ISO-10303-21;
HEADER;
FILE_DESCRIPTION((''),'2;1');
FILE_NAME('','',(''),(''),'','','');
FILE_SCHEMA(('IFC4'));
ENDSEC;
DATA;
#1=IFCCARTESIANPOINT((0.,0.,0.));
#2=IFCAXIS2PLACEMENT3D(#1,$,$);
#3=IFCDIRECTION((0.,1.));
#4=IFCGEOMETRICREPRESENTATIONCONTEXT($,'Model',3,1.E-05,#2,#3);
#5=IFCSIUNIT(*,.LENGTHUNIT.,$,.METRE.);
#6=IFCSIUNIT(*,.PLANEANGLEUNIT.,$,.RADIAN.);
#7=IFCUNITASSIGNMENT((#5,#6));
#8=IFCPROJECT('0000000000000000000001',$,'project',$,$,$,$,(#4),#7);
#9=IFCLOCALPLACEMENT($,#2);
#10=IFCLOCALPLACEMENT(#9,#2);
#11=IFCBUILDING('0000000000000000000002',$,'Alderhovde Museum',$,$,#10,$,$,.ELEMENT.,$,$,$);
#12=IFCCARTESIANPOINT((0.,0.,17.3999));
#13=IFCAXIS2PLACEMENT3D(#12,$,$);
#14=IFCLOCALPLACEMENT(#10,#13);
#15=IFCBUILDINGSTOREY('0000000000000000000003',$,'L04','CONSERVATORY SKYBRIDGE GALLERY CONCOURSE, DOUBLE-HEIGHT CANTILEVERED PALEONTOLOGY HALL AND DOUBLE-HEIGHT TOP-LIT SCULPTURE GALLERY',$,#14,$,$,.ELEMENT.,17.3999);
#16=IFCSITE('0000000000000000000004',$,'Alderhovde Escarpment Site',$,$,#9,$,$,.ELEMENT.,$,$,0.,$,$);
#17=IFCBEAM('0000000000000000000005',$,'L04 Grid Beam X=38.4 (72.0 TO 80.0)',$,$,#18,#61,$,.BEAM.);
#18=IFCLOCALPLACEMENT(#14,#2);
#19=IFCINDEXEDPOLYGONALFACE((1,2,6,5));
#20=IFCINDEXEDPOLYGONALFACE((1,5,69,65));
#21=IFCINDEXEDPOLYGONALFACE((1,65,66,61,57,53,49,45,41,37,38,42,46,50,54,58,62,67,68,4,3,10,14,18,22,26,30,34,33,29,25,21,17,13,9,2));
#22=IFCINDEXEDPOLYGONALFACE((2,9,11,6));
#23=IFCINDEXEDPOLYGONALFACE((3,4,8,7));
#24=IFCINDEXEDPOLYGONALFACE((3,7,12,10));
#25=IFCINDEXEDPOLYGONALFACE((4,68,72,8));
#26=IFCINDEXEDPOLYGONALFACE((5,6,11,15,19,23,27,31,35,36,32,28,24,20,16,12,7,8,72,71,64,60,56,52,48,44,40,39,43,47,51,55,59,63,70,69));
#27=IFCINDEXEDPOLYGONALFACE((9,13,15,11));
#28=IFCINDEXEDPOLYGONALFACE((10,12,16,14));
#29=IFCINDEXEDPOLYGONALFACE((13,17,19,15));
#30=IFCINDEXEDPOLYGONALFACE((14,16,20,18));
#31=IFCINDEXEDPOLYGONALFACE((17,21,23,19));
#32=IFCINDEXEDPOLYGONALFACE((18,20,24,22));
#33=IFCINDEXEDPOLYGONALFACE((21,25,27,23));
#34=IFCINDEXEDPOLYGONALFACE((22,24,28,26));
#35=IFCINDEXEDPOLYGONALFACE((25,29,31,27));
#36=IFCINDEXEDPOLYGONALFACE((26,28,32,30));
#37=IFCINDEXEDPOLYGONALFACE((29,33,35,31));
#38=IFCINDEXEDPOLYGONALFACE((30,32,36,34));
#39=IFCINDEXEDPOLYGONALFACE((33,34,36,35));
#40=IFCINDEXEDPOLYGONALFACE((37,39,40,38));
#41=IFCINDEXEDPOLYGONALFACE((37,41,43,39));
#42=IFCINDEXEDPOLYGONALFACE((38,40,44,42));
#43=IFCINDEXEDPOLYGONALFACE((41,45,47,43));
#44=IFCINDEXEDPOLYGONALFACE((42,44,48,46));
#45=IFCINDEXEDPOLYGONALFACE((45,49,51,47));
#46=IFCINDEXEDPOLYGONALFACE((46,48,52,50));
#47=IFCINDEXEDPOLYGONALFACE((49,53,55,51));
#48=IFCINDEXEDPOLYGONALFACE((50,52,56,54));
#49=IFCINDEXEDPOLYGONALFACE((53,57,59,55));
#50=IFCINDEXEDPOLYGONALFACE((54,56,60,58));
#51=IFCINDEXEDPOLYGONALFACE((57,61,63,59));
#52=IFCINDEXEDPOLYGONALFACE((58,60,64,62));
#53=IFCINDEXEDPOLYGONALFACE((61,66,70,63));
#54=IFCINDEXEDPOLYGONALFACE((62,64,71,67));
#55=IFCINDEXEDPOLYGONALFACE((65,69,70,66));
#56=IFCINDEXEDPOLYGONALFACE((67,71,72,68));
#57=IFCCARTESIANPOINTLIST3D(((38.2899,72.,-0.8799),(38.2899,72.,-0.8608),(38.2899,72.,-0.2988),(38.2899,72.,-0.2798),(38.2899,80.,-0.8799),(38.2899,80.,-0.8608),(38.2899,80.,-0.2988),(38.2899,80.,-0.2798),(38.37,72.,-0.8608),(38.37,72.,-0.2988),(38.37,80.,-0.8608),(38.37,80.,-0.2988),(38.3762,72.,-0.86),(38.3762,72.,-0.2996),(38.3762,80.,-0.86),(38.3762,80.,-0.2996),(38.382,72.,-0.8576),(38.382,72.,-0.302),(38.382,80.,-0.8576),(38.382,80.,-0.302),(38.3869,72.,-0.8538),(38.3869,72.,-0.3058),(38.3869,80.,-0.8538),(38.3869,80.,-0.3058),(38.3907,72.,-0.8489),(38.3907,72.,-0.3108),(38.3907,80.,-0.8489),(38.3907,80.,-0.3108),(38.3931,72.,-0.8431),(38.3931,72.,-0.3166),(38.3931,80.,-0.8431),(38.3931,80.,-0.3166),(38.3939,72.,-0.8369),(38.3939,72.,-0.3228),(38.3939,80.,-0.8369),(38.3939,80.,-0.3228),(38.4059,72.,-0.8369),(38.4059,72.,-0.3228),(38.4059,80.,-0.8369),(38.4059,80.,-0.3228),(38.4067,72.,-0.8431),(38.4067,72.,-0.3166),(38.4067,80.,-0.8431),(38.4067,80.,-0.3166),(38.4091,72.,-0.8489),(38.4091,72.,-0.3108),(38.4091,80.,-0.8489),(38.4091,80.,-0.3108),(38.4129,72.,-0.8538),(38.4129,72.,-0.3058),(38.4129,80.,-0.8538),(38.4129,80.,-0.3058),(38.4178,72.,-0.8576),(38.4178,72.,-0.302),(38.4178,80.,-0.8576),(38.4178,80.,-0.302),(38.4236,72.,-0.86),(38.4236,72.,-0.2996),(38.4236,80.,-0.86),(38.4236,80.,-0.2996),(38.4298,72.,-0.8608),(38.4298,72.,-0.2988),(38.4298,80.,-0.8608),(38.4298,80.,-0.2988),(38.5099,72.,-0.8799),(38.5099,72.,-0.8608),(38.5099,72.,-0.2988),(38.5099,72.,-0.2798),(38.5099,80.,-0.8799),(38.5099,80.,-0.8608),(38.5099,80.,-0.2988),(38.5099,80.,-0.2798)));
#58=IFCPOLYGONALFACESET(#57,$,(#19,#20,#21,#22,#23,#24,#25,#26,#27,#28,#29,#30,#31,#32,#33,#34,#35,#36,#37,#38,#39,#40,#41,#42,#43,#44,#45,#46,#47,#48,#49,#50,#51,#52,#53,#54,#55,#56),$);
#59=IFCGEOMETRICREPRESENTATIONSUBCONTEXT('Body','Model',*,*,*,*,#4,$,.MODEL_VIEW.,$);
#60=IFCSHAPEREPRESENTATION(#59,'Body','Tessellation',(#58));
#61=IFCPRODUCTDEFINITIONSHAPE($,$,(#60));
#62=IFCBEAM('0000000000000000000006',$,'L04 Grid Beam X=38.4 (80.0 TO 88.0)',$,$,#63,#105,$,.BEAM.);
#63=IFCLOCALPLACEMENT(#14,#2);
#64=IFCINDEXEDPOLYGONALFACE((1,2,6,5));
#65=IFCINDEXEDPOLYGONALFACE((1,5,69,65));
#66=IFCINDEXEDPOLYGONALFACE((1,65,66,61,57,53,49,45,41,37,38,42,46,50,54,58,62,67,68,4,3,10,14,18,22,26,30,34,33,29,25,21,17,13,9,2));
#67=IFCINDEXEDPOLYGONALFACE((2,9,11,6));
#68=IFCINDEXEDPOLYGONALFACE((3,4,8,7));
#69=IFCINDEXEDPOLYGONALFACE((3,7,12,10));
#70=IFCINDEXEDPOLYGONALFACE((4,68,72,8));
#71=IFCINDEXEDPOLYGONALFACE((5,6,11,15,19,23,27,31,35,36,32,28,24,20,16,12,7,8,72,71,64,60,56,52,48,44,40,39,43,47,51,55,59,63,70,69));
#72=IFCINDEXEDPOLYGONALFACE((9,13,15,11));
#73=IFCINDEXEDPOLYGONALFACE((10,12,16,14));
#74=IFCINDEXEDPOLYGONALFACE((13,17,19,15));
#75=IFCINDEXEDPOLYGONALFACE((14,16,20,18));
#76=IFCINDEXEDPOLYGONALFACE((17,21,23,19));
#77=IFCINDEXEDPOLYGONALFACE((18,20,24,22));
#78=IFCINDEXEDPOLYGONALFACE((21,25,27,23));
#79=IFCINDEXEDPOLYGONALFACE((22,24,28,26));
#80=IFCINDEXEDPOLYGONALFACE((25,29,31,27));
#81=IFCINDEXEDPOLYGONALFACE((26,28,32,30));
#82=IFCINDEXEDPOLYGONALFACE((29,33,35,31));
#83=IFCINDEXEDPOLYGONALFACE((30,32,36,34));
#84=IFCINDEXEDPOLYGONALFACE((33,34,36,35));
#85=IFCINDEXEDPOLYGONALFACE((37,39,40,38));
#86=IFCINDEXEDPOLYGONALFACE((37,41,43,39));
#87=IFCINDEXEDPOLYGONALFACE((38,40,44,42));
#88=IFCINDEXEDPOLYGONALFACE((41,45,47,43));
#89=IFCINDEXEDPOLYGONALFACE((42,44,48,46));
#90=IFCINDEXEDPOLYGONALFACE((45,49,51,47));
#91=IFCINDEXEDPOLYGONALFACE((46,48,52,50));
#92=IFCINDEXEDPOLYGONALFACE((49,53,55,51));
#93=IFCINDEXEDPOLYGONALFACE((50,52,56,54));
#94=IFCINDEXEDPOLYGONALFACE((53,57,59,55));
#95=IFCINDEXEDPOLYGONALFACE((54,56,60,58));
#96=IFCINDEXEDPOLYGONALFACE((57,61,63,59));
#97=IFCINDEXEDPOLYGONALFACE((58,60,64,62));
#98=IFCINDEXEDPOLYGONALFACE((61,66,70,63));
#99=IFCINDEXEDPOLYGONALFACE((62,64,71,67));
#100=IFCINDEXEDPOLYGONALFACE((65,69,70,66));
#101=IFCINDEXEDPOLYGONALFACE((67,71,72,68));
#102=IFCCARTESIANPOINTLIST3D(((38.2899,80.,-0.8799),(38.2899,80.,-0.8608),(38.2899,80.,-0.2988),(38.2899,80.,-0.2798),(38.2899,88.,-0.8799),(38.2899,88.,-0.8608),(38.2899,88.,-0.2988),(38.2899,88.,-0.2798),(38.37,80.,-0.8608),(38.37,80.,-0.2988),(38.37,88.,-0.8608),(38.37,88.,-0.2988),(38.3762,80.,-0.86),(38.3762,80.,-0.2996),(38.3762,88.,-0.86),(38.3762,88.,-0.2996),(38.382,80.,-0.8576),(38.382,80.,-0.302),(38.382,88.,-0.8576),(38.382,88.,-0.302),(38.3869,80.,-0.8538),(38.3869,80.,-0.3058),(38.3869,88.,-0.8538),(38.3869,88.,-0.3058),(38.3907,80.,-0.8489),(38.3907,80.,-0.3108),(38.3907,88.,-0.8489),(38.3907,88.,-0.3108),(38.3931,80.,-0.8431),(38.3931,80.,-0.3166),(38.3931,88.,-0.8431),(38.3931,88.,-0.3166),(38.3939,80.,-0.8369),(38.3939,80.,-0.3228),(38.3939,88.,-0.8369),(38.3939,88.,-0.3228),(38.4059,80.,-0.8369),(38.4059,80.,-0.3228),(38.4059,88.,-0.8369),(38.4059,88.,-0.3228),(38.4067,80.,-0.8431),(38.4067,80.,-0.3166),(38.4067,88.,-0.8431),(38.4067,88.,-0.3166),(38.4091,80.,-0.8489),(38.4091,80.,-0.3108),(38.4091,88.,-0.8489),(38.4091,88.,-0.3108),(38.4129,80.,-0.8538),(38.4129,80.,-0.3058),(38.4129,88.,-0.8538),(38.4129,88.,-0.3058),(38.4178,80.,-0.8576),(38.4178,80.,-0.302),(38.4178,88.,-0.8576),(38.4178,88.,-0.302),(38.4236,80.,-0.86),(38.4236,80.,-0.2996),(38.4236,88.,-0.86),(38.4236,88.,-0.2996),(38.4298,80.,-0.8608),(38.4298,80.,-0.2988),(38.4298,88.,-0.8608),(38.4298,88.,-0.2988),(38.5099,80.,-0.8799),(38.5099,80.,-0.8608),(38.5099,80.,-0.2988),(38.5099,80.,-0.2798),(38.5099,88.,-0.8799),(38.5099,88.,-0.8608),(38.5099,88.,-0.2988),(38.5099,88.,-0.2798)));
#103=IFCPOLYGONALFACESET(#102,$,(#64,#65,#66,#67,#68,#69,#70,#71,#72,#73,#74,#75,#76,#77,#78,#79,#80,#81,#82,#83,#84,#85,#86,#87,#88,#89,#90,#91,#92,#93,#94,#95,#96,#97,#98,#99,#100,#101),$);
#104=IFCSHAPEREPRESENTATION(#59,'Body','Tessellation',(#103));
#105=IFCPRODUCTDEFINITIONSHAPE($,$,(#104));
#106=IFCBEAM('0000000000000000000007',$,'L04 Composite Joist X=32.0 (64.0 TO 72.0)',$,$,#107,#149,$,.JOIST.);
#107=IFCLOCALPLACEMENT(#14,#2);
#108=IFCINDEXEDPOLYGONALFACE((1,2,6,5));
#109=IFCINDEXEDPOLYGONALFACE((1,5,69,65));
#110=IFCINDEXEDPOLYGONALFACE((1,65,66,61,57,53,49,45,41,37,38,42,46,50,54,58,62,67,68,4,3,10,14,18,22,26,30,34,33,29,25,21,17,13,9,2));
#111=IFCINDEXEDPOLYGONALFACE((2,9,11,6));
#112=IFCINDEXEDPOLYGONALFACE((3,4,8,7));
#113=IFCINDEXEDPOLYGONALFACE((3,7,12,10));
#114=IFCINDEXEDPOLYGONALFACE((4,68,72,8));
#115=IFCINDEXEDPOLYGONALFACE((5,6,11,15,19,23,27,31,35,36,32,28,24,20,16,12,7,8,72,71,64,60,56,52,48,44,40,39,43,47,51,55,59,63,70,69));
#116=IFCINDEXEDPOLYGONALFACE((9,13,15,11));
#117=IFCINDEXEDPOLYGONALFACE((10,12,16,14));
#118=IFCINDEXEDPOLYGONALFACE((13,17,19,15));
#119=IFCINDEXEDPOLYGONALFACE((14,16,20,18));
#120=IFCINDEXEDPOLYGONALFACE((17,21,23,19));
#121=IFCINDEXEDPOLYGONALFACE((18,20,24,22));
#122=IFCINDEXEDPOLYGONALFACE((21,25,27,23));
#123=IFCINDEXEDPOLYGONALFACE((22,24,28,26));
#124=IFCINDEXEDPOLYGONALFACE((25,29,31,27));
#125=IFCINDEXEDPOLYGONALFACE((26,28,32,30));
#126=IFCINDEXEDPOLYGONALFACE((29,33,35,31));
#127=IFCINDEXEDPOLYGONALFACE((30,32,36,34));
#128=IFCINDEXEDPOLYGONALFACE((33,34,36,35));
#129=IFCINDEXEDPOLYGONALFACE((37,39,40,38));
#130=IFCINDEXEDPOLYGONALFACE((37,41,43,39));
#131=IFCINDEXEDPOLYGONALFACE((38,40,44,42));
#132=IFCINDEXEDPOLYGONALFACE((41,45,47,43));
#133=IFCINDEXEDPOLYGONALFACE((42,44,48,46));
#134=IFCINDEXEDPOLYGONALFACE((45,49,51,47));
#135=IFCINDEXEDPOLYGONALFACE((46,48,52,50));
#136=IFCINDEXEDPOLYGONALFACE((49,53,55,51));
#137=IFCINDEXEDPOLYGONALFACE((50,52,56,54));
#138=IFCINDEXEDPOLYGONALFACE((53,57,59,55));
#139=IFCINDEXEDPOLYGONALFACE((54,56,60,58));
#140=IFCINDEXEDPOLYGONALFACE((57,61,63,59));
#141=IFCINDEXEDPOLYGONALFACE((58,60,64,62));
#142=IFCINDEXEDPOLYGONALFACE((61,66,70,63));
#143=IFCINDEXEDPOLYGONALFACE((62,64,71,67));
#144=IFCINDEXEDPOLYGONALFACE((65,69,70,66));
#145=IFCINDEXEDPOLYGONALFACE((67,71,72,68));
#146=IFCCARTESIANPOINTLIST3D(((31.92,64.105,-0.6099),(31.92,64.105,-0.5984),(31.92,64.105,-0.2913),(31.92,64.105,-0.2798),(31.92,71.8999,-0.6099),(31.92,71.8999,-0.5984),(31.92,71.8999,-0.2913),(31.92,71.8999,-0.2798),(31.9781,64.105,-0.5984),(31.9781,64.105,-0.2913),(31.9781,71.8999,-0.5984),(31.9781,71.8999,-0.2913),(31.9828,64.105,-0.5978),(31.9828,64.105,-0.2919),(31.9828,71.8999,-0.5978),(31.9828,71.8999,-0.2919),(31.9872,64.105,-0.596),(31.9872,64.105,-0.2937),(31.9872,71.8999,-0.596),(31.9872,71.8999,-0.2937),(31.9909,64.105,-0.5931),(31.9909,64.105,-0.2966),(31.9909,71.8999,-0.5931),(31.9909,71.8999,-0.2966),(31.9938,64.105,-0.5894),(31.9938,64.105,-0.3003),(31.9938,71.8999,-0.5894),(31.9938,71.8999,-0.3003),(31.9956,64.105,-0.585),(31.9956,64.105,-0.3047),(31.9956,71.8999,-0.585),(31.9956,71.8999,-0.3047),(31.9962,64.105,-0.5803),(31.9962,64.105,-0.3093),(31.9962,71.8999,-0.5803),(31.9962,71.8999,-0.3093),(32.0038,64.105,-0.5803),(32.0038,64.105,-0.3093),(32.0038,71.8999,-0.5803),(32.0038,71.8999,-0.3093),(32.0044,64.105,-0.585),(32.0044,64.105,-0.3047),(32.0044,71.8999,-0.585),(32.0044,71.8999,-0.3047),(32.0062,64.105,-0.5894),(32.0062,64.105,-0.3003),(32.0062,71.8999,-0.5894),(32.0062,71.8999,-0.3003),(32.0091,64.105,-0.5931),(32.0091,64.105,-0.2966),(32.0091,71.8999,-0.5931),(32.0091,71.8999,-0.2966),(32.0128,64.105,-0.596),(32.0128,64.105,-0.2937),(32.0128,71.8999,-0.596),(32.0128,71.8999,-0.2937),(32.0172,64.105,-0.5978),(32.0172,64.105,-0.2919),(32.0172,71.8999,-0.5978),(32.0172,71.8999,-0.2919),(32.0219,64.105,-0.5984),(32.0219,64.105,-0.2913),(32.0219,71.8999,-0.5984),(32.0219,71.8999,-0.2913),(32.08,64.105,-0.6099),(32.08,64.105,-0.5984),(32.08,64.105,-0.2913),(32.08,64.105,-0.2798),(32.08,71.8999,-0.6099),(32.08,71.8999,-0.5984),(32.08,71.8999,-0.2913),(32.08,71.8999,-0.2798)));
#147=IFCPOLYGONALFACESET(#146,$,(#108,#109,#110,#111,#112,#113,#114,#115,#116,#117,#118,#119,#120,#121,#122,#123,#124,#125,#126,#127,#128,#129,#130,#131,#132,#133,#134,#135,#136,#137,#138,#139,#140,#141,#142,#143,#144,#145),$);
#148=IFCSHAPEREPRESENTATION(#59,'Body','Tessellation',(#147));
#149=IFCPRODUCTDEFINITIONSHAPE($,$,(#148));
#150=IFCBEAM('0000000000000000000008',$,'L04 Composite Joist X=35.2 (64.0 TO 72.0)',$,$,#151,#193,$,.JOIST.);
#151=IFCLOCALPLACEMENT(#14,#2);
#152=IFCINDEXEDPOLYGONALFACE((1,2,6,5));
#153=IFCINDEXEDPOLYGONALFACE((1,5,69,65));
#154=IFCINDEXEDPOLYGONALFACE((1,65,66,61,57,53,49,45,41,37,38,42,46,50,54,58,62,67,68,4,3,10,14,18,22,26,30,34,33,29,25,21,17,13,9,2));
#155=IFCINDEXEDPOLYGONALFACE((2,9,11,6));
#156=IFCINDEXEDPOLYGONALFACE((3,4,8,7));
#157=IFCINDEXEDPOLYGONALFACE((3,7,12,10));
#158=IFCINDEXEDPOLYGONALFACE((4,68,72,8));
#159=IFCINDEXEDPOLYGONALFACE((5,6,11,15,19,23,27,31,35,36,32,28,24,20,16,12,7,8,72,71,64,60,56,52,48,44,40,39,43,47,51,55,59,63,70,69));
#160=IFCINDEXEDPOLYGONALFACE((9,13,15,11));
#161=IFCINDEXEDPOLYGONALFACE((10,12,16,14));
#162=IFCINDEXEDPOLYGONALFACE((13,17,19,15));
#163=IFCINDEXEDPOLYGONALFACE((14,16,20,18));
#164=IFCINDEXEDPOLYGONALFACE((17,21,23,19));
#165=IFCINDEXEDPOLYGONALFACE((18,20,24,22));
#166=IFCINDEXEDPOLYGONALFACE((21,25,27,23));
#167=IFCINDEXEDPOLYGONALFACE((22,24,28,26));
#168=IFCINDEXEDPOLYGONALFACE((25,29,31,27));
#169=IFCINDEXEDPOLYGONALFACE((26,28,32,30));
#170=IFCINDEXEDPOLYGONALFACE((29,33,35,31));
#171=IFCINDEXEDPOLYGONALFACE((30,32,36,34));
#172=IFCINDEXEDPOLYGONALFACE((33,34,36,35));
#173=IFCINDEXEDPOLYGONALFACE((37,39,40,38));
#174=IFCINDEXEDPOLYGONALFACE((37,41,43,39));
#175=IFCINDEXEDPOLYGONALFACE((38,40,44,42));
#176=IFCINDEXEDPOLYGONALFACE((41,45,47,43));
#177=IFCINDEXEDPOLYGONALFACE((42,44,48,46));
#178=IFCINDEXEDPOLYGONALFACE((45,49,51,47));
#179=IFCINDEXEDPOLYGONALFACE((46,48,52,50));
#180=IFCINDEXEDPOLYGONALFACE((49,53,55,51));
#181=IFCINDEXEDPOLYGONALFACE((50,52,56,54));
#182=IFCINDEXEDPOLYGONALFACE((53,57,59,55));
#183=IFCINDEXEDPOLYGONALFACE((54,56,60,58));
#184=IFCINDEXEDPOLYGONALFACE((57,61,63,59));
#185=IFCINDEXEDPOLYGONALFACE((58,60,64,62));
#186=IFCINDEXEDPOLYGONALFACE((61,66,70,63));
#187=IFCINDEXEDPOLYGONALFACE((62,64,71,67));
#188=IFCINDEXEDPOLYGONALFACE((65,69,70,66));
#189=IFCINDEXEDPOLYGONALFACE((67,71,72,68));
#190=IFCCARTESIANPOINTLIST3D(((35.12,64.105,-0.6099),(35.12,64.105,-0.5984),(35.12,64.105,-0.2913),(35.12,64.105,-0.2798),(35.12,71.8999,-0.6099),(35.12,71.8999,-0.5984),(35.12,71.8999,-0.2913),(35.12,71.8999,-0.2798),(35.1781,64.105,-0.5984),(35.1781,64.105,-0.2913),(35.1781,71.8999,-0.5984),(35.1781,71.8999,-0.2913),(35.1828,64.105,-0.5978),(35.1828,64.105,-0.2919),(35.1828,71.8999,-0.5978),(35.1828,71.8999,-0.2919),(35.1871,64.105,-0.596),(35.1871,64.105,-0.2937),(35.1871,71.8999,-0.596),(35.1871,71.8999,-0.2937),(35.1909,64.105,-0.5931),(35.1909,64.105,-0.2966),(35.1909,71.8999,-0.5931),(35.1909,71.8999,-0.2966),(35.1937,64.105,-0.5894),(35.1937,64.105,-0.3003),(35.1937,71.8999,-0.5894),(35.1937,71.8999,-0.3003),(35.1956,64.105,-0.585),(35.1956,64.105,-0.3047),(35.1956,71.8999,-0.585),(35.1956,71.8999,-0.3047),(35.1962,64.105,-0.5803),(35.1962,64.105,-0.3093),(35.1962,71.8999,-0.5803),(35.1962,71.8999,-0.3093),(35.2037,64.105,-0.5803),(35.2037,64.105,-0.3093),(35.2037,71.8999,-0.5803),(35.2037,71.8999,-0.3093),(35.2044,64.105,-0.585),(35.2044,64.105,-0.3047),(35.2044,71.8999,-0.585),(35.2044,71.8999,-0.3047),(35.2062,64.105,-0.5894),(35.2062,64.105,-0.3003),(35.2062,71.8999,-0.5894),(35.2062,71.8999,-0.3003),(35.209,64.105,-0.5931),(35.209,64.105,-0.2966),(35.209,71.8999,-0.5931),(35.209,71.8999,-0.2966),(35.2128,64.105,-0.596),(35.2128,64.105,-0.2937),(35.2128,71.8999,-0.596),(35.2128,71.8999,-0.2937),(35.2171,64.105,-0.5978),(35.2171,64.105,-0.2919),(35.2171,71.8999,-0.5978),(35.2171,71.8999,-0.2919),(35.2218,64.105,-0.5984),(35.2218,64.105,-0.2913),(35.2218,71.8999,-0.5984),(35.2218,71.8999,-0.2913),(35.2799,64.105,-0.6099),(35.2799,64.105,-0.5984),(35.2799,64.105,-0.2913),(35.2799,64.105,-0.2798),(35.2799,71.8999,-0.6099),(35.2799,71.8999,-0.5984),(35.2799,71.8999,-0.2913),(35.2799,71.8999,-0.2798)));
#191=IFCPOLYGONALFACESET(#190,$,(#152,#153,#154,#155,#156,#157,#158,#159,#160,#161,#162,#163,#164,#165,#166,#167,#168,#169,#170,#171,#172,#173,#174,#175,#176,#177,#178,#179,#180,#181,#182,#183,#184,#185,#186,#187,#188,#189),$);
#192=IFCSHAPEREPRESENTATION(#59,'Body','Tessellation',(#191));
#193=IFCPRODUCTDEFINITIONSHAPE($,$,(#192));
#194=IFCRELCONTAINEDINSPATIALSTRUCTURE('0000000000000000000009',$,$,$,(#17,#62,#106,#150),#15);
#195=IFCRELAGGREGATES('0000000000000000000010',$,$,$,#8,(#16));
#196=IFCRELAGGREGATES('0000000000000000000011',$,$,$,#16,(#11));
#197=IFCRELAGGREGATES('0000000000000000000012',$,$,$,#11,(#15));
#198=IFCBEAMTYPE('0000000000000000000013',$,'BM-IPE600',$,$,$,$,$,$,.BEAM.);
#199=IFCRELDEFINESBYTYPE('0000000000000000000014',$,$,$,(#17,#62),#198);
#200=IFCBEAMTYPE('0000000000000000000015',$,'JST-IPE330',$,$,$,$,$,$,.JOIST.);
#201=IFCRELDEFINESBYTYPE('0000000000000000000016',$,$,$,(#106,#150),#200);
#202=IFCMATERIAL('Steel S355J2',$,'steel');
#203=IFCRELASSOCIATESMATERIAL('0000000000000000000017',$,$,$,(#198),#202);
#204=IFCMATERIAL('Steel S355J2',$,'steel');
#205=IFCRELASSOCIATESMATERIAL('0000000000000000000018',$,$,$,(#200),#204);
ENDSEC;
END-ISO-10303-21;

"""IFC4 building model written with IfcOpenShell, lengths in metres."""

from ifc_helpers import new_model, si_unit, direction, frame, origin, origin_2d, place, context, subcontext, project, spatial, i_section, extrude, material, material_profile, profile_set, type_object, element, save


model = new_model("IFC4")

# Units and contexts
model_context = context("Model", 3, precision=1e-05, world=origin(), true_north=direction((0.0, 1.0)))
body_context = subcontext(model_context, "Body", "Model", "MODEL_VIEW")
ifc_project = project(units=[si_unit("LENGTHUNIT", "METRE"), si_unit("PLANEANGLEUNIT", "RADIAN")], contexts=[model_context])

# Site, building, storey
site_placement = place(None, origin())
site = spatial("IfcSite", under=ifc_project, at=site_placement, Name="Alderhovde Escarpment Site", CompositionType="ELEMENT", RefElevation=0.0)
building_placement = place(site_placement, origin())
building = spatial("IfcBuilding", under=site, at=building_placement, Name="Alderhovde Museum", CompositionType="ELEMENT")
storey_placement = place(building_placement, frame((0.0, 0.0, 17.3999)))
storey = spatial("IfcBuildingStorey", under=building, at=storey_placement, Name="L04", Description="CONSERVATORY SKYBRIDGE GALLERY CONCOURSE, DOUBLE-HEIGHT CANTILEVERED PALEONTOLOGY HALL AND DOUBLE-HEIGHT TOP-LIT SCULPTURE GALLERY", CompositionType="ELEMENT", Elevation=17.3999)

# Beams
ifc_material_1 = material(Name="Steel S355J2", Category="steel")
ifc_material_profile_1 = material_profile(ifc_material_1, i_section(OverallWidth=0.22, OverallDepth=0.6001, WebThickness=0.012, FlangeThickness=0.019, FilletRadius=0.0239, at=origin_2d()), Name="IPE 600")
ifc_profile_set_1 = profile_set([ifc_material_profile_1], Name="Steel S355J2")
beam_type_1 = type_object("IfcBeamType", Name="BM-IPE600", PredefinedType="BEAM", material=ifc_profile_set_1)
for number, where, z_axis, x_axis, name in (
    (1, (38.3999, 72.0, -0.5798), (0.0, 1.0, 0.0), (-1.0, 0.0, 0.0), "L04 Grid Beam X=38.4 (72.0 TO 80.0)"),
    (2, (38.3999, 80.0, -0.5798), (0.0, 1.0, 0.0), (-1.0, 0.0, 0.0), "L04 Grid Beam X=38.4 (80.0 TO 88.0)"),
):
    element("IfcBeam", number, at=place(storey_placement, frame(where, z_axis=z_axis, x_axis=x_axis)), inside=storey, type_object=beam_type_1, Name=name, PredefinedType="BEAM", context=body_context, shape_type="SweptSolid", body=[
        extrude(i_section(OverallWidth=0.22, OverallDepth=0.6001, WebThickness=0.012, FlangeThickness=0.019, FilletRadius=0.0239, at=origin_2d()), origin(), (0.0, 0.0, 1.0), 8.0),
    ])
ifc_material_2 = material(Name="Steel S355J2", Category="steel")
ifc_material_profile_2 = material_profile(ifc_material_2, i_section(OverallWidth=0.1599, OverallDepth=0.3301, WebThickness=0.0076, FlangeThickness=0.0115, FilletRadius=0.0181, at=origin_2d()), Name="IPE 330")
ifc_profile_set_2 = profile_set([ifc_material_profile_2], Name="Steel S355J2")
beam_type_2 = type_object("IfcBeamType", Name="JST-IPE330", PredefinedType="JOIST", material=ifc_profile_set_2)
for number, where, z_axis, x_axis, name in (
    (3, (32.0, 64.105, -0.4448), (0.0, 1.0, 0.0), (-1.0, 0.0, 0.0), "L04 Composite Joist X=32.0 (64.0 TO 72.0)"),
    (4, (35.2, 64.105, -0.4448), (0.0, 1.0, 0.0), (-1.0, 0.0, 0.0), "L04 Composite Joist X=35.2 (64.0 TO 72.0)"),
):
    element("IfcBeam", number, at=place(storey_placement, frame(where, z_axis=z_axis, x_axis=x_axis)), inside=storey, type_object=beam_type_2, Name=name, PredefinedType="JOIST", context=body_context, shape_type="SweptSolid", body=[
        extrude(i_section(OverallWidth=0.1599, OverallDepth=0.3301, WebThickness=0.0076, FlangeThickness=0.0115, FilletRadius=0.0181, at=origin_2d()), origin(), (0.0, 0.0, 1.0), 7.7949),
    ])

save(model, "model.ifc")
